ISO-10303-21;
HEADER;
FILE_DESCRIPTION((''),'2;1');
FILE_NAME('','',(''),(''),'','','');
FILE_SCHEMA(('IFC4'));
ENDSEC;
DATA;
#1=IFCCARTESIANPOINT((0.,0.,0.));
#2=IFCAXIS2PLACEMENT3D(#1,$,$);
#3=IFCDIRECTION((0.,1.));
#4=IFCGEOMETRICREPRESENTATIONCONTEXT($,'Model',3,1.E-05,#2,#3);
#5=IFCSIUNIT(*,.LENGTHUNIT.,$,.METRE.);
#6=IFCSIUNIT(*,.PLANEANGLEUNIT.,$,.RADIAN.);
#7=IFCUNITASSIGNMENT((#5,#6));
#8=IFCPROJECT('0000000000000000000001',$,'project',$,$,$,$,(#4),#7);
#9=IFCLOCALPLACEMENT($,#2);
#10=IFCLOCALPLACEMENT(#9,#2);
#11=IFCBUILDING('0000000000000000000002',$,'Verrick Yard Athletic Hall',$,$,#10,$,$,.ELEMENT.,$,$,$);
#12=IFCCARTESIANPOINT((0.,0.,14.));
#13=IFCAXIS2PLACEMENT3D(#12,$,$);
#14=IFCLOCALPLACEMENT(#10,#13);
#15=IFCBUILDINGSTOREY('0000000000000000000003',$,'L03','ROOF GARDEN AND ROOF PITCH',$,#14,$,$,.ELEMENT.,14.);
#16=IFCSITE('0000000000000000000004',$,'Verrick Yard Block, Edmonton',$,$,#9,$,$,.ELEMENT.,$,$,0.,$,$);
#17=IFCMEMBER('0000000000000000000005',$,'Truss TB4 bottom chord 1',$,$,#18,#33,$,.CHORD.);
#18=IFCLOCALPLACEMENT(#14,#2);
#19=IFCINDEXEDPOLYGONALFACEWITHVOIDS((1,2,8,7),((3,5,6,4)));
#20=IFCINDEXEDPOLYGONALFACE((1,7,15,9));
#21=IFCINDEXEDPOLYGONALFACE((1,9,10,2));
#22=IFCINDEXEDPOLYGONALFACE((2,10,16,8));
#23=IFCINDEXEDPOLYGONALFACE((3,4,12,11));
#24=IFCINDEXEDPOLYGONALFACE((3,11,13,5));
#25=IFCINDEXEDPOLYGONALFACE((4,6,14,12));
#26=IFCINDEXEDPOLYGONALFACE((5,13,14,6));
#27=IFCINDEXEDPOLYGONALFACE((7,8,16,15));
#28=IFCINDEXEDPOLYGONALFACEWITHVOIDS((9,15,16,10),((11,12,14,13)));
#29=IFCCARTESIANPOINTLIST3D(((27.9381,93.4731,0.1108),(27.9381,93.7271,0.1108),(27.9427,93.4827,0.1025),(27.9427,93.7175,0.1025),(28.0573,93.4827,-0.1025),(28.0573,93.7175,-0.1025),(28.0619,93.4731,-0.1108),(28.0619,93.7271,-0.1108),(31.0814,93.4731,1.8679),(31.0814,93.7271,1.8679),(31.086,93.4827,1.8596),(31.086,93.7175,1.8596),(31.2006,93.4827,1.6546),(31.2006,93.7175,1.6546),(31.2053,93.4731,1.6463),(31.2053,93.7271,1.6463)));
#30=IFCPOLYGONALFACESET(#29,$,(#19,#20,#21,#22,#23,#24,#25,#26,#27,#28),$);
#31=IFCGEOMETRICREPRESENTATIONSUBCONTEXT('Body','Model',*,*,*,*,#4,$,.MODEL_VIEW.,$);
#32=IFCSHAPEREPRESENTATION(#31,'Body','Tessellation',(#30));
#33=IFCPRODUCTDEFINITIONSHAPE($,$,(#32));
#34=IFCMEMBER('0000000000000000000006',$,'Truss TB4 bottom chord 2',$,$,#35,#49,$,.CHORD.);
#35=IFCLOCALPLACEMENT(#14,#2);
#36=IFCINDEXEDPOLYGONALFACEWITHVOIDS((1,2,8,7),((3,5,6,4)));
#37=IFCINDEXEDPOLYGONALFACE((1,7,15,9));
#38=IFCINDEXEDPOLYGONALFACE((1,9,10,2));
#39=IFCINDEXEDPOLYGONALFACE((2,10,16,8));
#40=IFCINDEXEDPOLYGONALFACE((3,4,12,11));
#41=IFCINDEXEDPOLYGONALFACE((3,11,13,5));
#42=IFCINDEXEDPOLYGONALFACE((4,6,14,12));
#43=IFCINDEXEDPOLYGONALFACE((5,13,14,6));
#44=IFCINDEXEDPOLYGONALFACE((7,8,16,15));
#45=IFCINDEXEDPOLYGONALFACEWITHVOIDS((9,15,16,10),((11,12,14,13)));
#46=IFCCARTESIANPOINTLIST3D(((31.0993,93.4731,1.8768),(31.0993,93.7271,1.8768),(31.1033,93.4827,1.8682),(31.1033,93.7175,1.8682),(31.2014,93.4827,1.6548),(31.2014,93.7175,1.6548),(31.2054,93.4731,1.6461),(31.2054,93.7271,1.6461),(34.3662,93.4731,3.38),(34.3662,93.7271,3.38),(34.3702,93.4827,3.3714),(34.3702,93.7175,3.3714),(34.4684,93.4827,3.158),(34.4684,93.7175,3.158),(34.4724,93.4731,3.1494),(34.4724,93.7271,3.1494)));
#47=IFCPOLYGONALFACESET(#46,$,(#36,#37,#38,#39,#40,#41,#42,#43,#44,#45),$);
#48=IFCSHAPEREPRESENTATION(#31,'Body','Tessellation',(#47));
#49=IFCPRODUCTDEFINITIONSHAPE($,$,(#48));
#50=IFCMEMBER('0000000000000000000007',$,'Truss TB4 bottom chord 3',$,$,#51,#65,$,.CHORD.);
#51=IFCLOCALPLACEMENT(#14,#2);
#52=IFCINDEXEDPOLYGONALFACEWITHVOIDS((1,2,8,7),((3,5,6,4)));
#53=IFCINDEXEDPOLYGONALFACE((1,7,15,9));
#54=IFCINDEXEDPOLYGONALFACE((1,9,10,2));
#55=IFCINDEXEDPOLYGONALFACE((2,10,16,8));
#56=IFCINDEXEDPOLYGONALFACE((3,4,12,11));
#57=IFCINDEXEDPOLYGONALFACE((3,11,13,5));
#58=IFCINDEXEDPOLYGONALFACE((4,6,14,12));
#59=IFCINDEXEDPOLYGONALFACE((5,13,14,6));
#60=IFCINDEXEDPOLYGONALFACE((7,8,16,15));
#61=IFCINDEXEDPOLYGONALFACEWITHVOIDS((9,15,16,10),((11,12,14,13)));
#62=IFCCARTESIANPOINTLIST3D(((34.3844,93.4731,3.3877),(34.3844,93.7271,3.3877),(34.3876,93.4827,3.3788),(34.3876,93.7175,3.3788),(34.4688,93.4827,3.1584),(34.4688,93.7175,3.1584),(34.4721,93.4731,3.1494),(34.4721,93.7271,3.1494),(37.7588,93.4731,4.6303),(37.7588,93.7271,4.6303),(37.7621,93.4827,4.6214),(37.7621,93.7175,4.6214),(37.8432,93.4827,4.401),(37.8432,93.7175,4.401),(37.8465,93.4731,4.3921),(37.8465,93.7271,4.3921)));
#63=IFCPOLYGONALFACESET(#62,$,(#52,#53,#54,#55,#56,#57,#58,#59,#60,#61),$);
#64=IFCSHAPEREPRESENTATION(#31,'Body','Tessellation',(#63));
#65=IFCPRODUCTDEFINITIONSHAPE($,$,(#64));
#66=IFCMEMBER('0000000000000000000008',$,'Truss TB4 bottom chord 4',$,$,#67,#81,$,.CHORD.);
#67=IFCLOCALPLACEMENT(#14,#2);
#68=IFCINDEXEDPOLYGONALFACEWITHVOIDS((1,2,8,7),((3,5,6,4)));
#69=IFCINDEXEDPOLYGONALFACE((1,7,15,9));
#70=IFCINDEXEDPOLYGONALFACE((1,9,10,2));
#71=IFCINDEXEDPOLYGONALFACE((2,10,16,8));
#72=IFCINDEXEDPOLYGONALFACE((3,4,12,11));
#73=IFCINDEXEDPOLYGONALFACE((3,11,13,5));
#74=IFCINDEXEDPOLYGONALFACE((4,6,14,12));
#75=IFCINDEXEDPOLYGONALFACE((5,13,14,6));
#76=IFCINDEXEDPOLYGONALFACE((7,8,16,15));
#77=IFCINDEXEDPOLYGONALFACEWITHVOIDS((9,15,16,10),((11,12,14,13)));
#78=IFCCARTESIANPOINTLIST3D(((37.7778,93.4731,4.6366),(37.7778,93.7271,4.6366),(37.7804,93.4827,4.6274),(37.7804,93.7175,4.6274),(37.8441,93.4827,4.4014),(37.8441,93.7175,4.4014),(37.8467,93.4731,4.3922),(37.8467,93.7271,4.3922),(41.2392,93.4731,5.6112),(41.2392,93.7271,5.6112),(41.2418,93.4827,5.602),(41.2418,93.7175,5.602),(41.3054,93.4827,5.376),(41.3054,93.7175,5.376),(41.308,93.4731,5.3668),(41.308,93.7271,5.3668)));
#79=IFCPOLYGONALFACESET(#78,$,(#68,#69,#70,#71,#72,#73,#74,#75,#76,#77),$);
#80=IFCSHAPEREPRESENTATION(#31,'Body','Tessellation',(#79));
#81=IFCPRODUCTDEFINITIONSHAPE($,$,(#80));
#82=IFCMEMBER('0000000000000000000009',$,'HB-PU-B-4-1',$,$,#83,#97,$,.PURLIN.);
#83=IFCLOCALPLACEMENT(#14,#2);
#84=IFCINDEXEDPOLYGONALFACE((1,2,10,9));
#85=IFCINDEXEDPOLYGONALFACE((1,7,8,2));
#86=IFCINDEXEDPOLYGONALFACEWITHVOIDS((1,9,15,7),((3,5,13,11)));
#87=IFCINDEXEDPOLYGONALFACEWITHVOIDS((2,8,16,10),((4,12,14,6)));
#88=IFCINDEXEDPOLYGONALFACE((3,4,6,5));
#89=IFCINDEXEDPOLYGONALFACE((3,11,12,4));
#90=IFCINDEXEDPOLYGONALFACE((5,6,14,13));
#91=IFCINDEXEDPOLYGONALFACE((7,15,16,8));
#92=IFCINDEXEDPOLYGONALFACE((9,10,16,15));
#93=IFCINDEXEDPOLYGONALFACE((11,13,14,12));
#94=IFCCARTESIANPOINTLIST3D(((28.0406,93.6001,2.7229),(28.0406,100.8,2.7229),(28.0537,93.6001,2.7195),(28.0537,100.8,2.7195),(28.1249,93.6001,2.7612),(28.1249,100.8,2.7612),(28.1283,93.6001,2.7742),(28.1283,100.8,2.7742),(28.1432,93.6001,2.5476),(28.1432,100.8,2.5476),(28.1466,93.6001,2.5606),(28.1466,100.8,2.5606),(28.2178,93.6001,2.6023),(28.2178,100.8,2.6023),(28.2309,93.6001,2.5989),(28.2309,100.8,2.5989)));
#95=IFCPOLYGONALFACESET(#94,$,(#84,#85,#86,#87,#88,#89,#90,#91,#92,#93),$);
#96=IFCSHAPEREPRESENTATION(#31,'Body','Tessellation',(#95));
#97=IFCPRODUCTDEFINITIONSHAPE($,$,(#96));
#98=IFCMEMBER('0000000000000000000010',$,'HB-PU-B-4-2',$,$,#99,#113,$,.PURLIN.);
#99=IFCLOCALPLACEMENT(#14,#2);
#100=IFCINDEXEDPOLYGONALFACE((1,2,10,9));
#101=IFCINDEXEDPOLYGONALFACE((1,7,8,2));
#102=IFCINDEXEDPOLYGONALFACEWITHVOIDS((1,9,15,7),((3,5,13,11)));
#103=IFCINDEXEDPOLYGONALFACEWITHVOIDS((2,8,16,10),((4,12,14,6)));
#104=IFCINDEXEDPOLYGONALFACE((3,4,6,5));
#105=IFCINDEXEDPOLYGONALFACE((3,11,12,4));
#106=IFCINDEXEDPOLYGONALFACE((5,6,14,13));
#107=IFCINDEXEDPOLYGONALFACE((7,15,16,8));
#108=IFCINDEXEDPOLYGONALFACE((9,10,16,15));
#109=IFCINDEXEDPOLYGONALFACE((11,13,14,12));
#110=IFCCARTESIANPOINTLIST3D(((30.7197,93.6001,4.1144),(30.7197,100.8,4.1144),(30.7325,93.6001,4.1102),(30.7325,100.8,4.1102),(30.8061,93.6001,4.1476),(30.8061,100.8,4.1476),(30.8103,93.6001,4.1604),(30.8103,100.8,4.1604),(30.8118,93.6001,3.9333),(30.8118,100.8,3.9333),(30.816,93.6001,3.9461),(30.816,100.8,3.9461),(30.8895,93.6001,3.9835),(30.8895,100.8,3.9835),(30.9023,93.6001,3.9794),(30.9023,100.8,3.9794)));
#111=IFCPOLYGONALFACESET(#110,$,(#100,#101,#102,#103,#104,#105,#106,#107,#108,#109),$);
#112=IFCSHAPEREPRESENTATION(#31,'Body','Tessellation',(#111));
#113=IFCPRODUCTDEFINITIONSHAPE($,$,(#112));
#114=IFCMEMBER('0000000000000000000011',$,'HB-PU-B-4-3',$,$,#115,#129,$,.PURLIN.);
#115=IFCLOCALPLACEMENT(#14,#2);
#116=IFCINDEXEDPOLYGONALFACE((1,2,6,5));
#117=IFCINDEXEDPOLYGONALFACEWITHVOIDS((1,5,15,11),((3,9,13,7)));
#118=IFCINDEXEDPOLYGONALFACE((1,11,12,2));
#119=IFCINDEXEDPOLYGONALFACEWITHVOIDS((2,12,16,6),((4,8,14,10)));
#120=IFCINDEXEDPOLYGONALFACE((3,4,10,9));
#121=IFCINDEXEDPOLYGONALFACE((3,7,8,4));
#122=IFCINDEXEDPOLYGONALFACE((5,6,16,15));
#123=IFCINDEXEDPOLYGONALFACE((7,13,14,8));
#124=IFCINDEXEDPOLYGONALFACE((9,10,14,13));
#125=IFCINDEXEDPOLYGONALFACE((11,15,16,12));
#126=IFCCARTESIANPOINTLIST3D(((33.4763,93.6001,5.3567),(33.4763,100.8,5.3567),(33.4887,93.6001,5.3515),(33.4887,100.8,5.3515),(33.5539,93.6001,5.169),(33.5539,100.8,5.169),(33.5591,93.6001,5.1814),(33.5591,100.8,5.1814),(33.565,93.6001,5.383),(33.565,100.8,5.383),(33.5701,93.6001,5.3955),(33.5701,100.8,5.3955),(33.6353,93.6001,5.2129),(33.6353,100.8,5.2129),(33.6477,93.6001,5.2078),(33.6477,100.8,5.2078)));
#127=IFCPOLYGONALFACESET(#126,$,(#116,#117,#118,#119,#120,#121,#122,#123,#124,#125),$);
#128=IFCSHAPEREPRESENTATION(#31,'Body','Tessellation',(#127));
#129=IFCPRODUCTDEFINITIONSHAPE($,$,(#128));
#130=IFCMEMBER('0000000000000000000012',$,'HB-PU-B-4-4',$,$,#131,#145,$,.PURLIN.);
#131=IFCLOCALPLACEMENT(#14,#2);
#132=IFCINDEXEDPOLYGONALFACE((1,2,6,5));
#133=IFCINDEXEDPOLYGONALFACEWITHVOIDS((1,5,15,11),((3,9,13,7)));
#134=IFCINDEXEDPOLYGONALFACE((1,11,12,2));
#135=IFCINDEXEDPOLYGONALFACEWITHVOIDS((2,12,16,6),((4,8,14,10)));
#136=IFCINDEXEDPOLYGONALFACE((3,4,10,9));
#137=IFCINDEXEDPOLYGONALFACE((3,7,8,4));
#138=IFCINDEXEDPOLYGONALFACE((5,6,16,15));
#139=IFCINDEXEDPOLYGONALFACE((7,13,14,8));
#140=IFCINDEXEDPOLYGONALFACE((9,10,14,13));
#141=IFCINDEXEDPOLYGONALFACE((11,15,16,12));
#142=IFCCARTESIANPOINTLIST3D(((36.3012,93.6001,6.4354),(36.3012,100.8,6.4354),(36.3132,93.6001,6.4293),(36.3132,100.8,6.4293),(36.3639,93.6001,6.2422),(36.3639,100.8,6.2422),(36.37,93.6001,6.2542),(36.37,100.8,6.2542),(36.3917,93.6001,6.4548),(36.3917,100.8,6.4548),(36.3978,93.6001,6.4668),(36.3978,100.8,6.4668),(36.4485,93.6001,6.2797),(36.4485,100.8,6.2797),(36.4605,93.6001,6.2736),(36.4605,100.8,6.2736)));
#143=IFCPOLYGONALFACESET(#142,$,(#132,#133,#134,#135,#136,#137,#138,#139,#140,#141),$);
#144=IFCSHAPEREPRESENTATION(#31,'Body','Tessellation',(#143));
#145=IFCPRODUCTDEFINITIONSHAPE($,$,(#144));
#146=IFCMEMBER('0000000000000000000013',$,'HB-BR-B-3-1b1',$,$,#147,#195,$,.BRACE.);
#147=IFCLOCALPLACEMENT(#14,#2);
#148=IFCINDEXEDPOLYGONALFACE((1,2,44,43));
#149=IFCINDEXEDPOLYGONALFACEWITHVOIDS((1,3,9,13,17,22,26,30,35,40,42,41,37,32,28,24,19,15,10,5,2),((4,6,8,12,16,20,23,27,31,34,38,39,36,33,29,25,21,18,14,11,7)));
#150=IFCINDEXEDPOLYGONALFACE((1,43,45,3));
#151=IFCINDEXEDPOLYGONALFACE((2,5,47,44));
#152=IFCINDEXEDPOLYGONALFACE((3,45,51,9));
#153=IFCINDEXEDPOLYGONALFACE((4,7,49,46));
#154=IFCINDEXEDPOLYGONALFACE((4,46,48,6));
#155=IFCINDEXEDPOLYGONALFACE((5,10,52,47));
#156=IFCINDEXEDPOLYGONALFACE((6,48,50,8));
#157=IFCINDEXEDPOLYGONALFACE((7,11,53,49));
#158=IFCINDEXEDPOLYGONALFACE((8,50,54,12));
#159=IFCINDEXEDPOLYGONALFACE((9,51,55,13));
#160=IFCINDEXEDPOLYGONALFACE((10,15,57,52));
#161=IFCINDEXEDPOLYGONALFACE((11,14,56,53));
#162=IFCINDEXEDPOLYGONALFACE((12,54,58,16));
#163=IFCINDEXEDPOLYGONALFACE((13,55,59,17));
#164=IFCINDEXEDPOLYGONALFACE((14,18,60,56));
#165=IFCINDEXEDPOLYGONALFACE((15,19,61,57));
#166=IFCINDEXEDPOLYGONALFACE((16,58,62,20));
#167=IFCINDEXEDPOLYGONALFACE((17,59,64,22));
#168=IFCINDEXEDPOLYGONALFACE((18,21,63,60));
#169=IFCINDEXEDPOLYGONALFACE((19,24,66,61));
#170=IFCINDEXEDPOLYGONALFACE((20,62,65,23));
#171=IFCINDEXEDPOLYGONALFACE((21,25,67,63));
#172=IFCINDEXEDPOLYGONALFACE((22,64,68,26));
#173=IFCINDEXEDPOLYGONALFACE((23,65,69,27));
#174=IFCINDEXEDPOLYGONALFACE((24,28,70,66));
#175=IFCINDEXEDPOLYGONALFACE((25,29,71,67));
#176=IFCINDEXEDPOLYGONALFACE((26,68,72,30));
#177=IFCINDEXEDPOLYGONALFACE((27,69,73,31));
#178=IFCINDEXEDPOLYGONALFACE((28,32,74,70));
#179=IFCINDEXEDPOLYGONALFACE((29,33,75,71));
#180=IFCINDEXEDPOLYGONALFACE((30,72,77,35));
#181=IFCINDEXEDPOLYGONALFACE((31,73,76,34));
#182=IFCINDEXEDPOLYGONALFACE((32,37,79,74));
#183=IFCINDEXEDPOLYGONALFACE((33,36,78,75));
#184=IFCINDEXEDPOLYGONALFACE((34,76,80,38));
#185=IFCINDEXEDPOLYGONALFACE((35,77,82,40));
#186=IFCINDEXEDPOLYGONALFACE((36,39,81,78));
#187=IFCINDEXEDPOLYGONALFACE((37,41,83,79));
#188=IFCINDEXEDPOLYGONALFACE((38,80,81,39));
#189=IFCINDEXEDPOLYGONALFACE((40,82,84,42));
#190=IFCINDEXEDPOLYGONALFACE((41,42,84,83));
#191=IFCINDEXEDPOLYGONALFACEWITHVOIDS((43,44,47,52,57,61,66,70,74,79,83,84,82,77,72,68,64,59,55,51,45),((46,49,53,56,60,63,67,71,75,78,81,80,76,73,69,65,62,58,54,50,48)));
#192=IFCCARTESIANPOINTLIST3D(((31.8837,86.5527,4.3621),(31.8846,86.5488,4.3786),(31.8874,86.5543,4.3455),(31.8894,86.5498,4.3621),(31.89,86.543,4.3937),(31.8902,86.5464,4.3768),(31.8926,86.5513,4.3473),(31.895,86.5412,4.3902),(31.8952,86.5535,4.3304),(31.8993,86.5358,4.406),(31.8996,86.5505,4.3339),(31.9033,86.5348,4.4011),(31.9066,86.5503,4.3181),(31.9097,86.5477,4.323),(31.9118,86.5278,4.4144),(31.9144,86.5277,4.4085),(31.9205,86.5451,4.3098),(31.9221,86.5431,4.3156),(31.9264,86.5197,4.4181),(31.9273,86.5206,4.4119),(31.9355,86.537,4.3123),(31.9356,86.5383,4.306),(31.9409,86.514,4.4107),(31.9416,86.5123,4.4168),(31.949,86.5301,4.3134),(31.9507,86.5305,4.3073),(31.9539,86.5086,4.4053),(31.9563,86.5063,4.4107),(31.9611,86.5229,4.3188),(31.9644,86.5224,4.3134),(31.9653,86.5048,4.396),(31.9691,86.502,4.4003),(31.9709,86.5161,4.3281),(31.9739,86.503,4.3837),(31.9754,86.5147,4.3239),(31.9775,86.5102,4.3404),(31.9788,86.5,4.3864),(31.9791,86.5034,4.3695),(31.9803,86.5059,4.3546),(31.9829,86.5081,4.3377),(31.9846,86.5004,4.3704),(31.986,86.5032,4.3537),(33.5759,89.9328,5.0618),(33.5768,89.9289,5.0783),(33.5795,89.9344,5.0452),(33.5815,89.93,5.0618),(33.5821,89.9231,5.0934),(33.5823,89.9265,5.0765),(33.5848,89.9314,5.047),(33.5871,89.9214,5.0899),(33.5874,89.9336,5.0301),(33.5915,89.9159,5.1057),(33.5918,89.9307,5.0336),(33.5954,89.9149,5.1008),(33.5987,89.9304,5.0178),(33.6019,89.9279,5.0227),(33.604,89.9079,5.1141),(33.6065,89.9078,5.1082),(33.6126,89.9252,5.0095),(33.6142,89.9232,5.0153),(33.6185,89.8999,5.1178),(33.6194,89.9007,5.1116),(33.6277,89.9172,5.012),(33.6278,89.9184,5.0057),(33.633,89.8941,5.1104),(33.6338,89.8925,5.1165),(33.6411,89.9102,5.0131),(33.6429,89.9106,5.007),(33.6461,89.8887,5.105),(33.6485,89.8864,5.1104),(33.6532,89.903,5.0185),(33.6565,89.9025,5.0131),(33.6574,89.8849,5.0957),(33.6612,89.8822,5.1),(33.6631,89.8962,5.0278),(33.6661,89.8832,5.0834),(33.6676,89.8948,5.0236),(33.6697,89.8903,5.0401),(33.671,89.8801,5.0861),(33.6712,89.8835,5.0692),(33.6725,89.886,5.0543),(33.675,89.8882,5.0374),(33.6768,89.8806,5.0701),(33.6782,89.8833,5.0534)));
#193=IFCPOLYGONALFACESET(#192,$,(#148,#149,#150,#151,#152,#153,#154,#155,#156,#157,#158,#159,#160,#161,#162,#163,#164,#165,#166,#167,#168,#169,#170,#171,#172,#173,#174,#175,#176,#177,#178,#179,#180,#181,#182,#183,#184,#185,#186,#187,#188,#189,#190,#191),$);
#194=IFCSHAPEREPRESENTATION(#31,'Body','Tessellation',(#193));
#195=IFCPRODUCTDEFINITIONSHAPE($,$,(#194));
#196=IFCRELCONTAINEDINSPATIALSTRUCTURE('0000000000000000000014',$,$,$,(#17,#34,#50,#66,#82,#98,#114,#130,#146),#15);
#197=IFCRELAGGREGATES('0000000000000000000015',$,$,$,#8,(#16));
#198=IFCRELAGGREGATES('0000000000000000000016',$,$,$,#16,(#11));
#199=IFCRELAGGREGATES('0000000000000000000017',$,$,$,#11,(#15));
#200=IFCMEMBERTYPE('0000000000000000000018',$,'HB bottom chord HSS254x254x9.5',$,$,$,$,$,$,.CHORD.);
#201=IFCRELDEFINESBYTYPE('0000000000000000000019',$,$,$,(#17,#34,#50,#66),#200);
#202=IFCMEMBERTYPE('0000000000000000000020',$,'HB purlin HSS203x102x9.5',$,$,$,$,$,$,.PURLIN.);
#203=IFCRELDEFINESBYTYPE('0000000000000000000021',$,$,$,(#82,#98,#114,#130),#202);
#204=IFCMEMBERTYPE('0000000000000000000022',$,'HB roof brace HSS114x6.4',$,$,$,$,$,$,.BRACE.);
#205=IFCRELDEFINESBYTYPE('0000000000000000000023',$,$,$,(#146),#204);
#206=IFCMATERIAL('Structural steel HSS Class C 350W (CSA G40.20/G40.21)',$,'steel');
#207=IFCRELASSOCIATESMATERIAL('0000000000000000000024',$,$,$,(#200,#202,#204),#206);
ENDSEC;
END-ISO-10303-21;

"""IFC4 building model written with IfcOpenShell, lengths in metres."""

from ifc_helpers import new_model, si_unit, direction, frame, origin, origin_2d, place, context, subcontext, project, spatial, hollow_rectangle, hollow_circle, extrude, material, material_profile, profile_set, type_object, element, save


model = new_model("IFC4")

# Units and contexts
model_context = context("Model", 3, precision=1e-05, world=origin(), true_north=direction((0.0, 1.0)))
body_context = subcontext(model_context, "Body", "Model", "MODEL_VIEW")
ifc_project = project(units=[si_unit("LENGTHUNIT", "METRE"), si_unit("PLANEANGLEUNIT", "RADIAN")], contexts=[model_context])

# Site, building, storey
site_placement = place(None, origin())
site = spatial("IfcSite", under=ifc_project, at=site_placement, Name="Verrick Yard Block, Edmonton", CompositionType="ELEMENT", RefElevation=0.0)
building_placement = place(site_placement, origin())
building = spatial("IfcBuilding", under=site, at=building_placement, Name="Verrick Yard Athletic Hall", CompositionType="ELEMENT")
storey_placement = place(building_placement, frame((0.0, 0.0, 14.0)))
storey = spatial("IfcBuildingStorey", under=building, at=storey_placement, Name="L03", Description="ROOF GARDEN AND ROOF PITCH", CompositionType="ELEMENT", Elevation=14.0)

# Members
ifc_material_1 = material(Name="Structural steel HSS Class C 350W (CSA G40.20/G40.21)", Category="steel")
ifc_material_profile_1 = material_profile(ifc_material_1, hollow_rectangle(XDim=0.2539, YDim=0.2539, WallThickness=0.0095, at=origin_2d()), Name="HSS254x254x9.5")
ifc_profile_set_1 = profile_set([ifc_material_profile_1], Name="Structural steel HSS Class C 350W (CSA G40.20/G40.21)")
member_type_1 = type_object("IfcMemberType", Name="HB bottom chord HSS254x254x9.5", PredefinedType="CHORD", material=ifc_profile_set_1)
member_1_placement = place(storey_placement, frame((28.0, 93.6001, 0.0), z_axis=(0.872881, 0.0, 0.487932), x_axis=(0.0, 1.0, 0.0)))
element("IfcMember", 1, at=member_1_placement, inside=storey, type_object=member_type_1, Name="Truss TB4 bottom chord 1", PredefinedType="CHORD", context=body_context, shape_type="SweptSolid", body=[
    extrude(hollow_rectangle(XDim=0.2539, YDim=0.2539, WallThickness=0.0095, at=origin_2d()), origin(), (0.0, 0.0, 1.0), 3.6011),
])
member_2_placement = place(storey_placement, frame((31.1523, 93.6001, 1.7615), z_axis=(0.908446, 0.0, 0.418003), x_axis=(0.0, 1.0, 0.0)))
element("IfcMember", 2, at=member_2_placement, inside=storey, type_object=member_type_1, Name="Truss TB4 bottom chord 2", PredefinedType="CHORD", context=body_context, shape_type="SweptSolid", body=[
    extrude(hollow_rectangle(XDim=0.2539, YDim=0.2539, WallThickness=0.0095, at=origin_2d()), origin(), (0.0, 0.0, 1.0), 3.5962),
])
for number, where, z_axis, x_axis, name in (
    (3, (34.4282, 93.6001, 3.2686), (0.938394, 0.0, 0.345567), (0.0, 1.0, 0.0), "Truss TB4 bottom chord 3"),
    (4, (37.8123, 93.6001, 4.5144), (0.962572, 0.0, 0.271025), (0.0, 1.0, 0.0), "Truss TB4 bottom chord 4"),
):
    element("IfcMember", number, at=place(storey_placement, frame(where, z_axis=z_axis, x_axis=x_axis)), inside=storey, type_object=member_type_1, Name=name, PredefinedType="CHORD", context=body_context, shape_type="SweptSolid", body=[
        extrude(hollow_rectangle(XDim=0.2539, YDim=0.2539, WallThickness=0.0095, at=origin_2d()), origin(), (0.0, 0.0, 1.0), 3.5959),
    ])
ifc_material_profile_2 = material_profile(ifc_material_1, hollow_rectangle(XDim=0.1016, YDim=0.2031, WallThickness=0.0095, at=origin_2d()), Name="HSS203x102x9.5")
ifc_profile_set_2 = profile_set([ifc_material_profile_2], Name="Structural steel HSS Class C 350W (CSA G40.20/G40.21)")
member_type_2 = type_object("IfcMemberType", Name="HB purlin HSS203x102x9.5", PredefinedType="PURLIN", material=ifc_profile_set_2)
for number, where, z_axis, x_axis, name in (
    (5, (28.1357, 93.6001, 2.6609), (0.0, 1.0, 0.0), (-0.863168, 0.0, -0.504917), "HB-PU-B-4-1"),
    (6, (30.811, 93.6001, 4.0469), (0.0, 1.0, 0.0), (-0.891353, 0.0, -0.45331), "HB-PU-B-4-2"),
    (7, (33.562, 93.6001, 5.2822), (0.0, 1.0, 0.0), (-0.924123, 0.0, -0.382096), "HB-PU-B-4-3"),
    (8, (36.3809, 93.6001, 6.3545), (0.0, 1.0, 0.0), (-0.951214, 0.0, -0.308533), "HB-PU-B-4-4"),
):
    element("IfcMember", number, at=place(storey_placement, frame(where, z_axis=z_axis, x_axis=x_axis)), inside=storey, type_object=member_type_2, Name=name, PredefinedType="PURLIN", context=body_context, shape_type="SweptSolid", body=[
        extrude(hollow_rectangle(XDim=0.1016, YDim=0.2031, WallThickness=0.0095, at=origin_2d()), origin(), (0.0, 0.0, 1.0), 7.2),
    ])
ifc_material_profile_3 = material_profile(ifc_material_1, hollow_circle(Radius=0.0571, WallThickness=0.0063, at=origin_2d()), Name="HSS114x6.4")
ifc_profile_set_3 = profile_set([ifc_material_profile_3], Name="Structural steel HSS Class C 350W (CSA G40.20/G40.21)")
member_type_3 = type_object("IfcMemberType", Name="HB roof brace HSS114x6.4", PredefinedType="BRACE", material=ifc_profile_set_3)
for number, where, z_axis, x_axis, name in (
    (9, (31.9348, 86.5271, 4.3621), (0.440175, 0.879271, 0.182014), (-0.894207, 0.447653, 0.0), "HB-BR-B-3-1b1"),
):
    element("IfcMember", number, at=place(storey_placement, frame(where, z_axis=z_axis, x_axis=x_axis)), inside=storey, type_object=member_type_3, Name=name, PredefinedType="BRACE", context=body_context, shape_type="SweptSolid", body=[
        extrude(hollow_circle(Radius=0.0571, WallThickness=0.0063, at=origin_2d()), origin(), (0.0, 0.0, 1.0), 3.8442),
    ])

save(model, "model.ifc")
